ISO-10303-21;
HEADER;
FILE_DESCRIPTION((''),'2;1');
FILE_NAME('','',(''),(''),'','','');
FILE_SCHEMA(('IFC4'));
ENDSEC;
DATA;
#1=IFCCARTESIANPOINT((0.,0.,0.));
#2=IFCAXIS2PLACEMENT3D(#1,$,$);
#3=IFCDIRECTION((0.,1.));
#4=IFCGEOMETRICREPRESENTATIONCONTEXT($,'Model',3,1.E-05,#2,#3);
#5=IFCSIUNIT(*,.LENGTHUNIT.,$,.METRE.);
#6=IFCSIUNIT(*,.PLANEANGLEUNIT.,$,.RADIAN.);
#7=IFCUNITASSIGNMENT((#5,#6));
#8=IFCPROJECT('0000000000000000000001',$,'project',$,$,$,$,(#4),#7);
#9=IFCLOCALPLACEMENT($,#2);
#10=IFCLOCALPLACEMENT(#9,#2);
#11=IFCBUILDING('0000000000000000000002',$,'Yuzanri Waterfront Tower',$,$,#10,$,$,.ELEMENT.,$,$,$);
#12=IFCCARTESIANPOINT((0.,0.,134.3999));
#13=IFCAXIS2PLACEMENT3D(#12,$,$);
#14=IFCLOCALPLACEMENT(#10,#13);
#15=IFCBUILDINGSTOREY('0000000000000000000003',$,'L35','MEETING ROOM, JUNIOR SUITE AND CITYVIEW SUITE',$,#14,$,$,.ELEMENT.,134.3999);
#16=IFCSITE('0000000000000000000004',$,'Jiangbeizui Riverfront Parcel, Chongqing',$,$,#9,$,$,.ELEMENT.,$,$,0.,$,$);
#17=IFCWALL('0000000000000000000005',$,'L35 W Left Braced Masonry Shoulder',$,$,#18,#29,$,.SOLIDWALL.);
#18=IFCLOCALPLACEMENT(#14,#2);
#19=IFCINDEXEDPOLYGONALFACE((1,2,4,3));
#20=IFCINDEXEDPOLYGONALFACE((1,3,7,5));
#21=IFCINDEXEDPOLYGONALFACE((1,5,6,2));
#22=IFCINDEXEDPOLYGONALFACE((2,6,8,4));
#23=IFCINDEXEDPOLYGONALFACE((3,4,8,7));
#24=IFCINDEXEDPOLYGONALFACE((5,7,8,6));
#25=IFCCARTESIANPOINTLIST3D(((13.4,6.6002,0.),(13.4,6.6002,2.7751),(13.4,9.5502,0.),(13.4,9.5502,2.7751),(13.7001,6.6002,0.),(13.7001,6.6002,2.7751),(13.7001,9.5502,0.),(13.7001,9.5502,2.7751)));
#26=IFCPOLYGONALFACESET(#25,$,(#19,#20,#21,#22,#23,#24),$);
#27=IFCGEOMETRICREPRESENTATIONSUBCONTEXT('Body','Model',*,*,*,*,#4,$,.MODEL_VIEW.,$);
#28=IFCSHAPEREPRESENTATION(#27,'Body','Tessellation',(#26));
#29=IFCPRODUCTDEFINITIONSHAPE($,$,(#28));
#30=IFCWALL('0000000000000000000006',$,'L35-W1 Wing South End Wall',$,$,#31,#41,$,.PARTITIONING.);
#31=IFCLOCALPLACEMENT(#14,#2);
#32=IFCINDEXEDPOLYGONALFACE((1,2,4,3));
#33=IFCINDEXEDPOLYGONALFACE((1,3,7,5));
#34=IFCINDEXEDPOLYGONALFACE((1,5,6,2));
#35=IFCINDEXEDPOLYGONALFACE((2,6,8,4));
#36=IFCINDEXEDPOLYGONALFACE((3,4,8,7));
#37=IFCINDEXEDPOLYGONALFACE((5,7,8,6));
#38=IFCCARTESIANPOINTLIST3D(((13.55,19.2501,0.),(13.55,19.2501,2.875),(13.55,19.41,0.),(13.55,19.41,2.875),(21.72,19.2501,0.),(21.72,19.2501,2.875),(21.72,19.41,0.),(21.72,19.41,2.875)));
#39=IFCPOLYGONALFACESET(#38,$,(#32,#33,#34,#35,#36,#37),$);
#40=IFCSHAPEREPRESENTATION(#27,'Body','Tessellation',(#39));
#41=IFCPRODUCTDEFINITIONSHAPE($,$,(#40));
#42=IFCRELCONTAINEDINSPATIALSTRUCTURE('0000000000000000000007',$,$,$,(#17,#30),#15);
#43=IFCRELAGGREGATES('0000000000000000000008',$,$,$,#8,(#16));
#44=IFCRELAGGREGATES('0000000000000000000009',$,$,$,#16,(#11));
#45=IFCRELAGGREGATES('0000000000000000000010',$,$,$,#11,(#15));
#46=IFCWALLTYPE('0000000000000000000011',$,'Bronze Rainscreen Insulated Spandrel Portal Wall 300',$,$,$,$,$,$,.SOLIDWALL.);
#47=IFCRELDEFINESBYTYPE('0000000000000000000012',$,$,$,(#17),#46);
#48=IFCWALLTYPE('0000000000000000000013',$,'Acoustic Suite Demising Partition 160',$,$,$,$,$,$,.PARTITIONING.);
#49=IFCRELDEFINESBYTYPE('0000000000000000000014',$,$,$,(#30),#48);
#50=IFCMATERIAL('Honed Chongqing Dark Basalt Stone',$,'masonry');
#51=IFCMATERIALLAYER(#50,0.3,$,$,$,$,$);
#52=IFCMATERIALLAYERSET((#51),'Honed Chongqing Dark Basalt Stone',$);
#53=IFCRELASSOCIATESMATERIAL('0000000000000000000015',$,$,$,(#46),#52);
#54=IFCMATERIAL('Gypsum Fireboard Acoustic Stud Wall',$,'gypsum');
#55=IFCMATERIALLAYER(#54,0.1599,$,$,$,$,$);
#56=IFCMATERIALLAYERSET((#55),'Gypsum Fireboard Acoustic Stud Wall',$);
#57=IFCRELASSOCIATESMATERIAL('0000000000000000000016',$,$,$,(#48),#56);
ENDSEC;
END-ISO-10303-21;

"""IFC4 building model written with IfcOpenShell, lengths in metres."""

from ifc_helpers import new_model, si_unit, direction, frame, frame_2d, origin, place, context, subcontext, project, spatial, rectangle, extrude, source, transform, mapped, material, layer, layer_set, type_object, element, save


model = new_model("IFC4")

# Units and contexts
model_context = context("Model", 3, precision=1e-05, world=origin(), true_north=direction((0.0, 1.0)))
body_context = subcontext(model_context, "Body", "Model", "MODEL_VIEW")
ifc_project = project(units=[si_unit("LENGTHUNIT", "METRE"), si_unit("PLANEANGLEUNIT", "RADIAN")], contexts=[model_context])

# Site, building, storey
site_placement = place(None, origin())
site = spatial("IfcSite", under=ifc_project, at=site_placement, Name="Jiangbeizui Riverfront Parcel, Chongqing", CompositionType="ELEMENT", RefElevation=0.0)
building_placement = place(site_placement, origin())
building = spatial("IfcBuilding", under=site, at=building_placement, Name="Yuzanri Waterfront Tower", CompositionType="ELEMENT")
storey_placement = place(building_placement, frame((0.0, 0.0, 134.3999)))
storey = spatial("IfcBuildingStorey", under=building, at=storey_placement, Name="L35", Description="MEETING ROOM, JUNIOR SUITE AND CITYVIEW SUITE", CompositionType="ELEMENT", Elevation=134.3999)

# Walls
ifc_material_1 = material(Name="Honed Chongqing Dark Basalt Stone", Category="masonry")
ifc_layer_1 = layer(ifc_material_1, 0.3)
ifc_layer_set_1 = layer_set([ifc_layer_1], Name="Honed Chongqing Dark Basalt Stone")
wall_type_1 = type_object("IfcWallType", Name="Bronze Rainscreen Insulated Spandrel Portal Wall 300", PredefinedType="SOLIDWALL", material=ifc_layer_set_1)
shared_shape_1 = source(origin(), body_context, "Body", "SweptSolid", [
    extrude(rectangle(XDim=2.95, YDim=0.3, at=frame_2d((1.4751, 0.0))), origin(), (0.0, 0.0, 1.0), 2.7751),
])
wall_1_placement = place(storey_placement, frame((13.55, 6.6001, 0.0), z_axis=(0.0, 0.0, 1.0), x_axis=(0.0, 1.0, 0.0)))
element("IfcWall", 1, at=wall_1_placement, inside=storey, type_object=wall_type_1, Name="L35 W Left Braced Masonry Shoulder", PredefinedType="SOLIDWALL", context=body_context, shape_type="MappedRepresentation", body=[
    mapped(shared_shape_1, transform((0.0, 0.0, 0.0), scale=1.0)),
])
ifc_material_2 = material(Name="Gypsum Fireboard Acoustic Stud Wall", Category="gypsum")
ifc_layer_2 = layer(ifc_material_2, 0.1599)
ifc_layer_set_2 = layer_set([ifc_layer_2], Name="Gypsum Fireboard Acoustic Stud Wall")
wall_type_2 = type_object("IfcWallType", Name="Acoustic Suite Demising Partition 160", PredefinedType="PARTITIONING", material=ifc_layer_set_2)
shared_shape_2 = source(origin(), body_context, "Body", "SweptSolid", [
    extrude(rectangle(XDim=8.1699, YDim=0.1599, at=frame_2d((4.085, 0.0))), origin(), (0.0, 0.0, 1.0), 2.875),
])
wall_2_placement = place(storey_placement, frame((13.55, 19.3301, 0.0), z_axis=(0.0, 0.0, 1.0), x_axis=(1.0, 0.0, 0.0)))
element("IfcWall", 2, at=wall_2_placement, inside=storey, type_object=wall_type_2, Name="L35-W1 Wing South End Wall", PredefinedType="PARTITIONING", context=body_context, shape_type="MappedRepresentation", body=[
    mapped(shared_shape_2, transform((0.0, 0.0, 0.0), scale=1.0)),
])

save(model, "model.ifc")
